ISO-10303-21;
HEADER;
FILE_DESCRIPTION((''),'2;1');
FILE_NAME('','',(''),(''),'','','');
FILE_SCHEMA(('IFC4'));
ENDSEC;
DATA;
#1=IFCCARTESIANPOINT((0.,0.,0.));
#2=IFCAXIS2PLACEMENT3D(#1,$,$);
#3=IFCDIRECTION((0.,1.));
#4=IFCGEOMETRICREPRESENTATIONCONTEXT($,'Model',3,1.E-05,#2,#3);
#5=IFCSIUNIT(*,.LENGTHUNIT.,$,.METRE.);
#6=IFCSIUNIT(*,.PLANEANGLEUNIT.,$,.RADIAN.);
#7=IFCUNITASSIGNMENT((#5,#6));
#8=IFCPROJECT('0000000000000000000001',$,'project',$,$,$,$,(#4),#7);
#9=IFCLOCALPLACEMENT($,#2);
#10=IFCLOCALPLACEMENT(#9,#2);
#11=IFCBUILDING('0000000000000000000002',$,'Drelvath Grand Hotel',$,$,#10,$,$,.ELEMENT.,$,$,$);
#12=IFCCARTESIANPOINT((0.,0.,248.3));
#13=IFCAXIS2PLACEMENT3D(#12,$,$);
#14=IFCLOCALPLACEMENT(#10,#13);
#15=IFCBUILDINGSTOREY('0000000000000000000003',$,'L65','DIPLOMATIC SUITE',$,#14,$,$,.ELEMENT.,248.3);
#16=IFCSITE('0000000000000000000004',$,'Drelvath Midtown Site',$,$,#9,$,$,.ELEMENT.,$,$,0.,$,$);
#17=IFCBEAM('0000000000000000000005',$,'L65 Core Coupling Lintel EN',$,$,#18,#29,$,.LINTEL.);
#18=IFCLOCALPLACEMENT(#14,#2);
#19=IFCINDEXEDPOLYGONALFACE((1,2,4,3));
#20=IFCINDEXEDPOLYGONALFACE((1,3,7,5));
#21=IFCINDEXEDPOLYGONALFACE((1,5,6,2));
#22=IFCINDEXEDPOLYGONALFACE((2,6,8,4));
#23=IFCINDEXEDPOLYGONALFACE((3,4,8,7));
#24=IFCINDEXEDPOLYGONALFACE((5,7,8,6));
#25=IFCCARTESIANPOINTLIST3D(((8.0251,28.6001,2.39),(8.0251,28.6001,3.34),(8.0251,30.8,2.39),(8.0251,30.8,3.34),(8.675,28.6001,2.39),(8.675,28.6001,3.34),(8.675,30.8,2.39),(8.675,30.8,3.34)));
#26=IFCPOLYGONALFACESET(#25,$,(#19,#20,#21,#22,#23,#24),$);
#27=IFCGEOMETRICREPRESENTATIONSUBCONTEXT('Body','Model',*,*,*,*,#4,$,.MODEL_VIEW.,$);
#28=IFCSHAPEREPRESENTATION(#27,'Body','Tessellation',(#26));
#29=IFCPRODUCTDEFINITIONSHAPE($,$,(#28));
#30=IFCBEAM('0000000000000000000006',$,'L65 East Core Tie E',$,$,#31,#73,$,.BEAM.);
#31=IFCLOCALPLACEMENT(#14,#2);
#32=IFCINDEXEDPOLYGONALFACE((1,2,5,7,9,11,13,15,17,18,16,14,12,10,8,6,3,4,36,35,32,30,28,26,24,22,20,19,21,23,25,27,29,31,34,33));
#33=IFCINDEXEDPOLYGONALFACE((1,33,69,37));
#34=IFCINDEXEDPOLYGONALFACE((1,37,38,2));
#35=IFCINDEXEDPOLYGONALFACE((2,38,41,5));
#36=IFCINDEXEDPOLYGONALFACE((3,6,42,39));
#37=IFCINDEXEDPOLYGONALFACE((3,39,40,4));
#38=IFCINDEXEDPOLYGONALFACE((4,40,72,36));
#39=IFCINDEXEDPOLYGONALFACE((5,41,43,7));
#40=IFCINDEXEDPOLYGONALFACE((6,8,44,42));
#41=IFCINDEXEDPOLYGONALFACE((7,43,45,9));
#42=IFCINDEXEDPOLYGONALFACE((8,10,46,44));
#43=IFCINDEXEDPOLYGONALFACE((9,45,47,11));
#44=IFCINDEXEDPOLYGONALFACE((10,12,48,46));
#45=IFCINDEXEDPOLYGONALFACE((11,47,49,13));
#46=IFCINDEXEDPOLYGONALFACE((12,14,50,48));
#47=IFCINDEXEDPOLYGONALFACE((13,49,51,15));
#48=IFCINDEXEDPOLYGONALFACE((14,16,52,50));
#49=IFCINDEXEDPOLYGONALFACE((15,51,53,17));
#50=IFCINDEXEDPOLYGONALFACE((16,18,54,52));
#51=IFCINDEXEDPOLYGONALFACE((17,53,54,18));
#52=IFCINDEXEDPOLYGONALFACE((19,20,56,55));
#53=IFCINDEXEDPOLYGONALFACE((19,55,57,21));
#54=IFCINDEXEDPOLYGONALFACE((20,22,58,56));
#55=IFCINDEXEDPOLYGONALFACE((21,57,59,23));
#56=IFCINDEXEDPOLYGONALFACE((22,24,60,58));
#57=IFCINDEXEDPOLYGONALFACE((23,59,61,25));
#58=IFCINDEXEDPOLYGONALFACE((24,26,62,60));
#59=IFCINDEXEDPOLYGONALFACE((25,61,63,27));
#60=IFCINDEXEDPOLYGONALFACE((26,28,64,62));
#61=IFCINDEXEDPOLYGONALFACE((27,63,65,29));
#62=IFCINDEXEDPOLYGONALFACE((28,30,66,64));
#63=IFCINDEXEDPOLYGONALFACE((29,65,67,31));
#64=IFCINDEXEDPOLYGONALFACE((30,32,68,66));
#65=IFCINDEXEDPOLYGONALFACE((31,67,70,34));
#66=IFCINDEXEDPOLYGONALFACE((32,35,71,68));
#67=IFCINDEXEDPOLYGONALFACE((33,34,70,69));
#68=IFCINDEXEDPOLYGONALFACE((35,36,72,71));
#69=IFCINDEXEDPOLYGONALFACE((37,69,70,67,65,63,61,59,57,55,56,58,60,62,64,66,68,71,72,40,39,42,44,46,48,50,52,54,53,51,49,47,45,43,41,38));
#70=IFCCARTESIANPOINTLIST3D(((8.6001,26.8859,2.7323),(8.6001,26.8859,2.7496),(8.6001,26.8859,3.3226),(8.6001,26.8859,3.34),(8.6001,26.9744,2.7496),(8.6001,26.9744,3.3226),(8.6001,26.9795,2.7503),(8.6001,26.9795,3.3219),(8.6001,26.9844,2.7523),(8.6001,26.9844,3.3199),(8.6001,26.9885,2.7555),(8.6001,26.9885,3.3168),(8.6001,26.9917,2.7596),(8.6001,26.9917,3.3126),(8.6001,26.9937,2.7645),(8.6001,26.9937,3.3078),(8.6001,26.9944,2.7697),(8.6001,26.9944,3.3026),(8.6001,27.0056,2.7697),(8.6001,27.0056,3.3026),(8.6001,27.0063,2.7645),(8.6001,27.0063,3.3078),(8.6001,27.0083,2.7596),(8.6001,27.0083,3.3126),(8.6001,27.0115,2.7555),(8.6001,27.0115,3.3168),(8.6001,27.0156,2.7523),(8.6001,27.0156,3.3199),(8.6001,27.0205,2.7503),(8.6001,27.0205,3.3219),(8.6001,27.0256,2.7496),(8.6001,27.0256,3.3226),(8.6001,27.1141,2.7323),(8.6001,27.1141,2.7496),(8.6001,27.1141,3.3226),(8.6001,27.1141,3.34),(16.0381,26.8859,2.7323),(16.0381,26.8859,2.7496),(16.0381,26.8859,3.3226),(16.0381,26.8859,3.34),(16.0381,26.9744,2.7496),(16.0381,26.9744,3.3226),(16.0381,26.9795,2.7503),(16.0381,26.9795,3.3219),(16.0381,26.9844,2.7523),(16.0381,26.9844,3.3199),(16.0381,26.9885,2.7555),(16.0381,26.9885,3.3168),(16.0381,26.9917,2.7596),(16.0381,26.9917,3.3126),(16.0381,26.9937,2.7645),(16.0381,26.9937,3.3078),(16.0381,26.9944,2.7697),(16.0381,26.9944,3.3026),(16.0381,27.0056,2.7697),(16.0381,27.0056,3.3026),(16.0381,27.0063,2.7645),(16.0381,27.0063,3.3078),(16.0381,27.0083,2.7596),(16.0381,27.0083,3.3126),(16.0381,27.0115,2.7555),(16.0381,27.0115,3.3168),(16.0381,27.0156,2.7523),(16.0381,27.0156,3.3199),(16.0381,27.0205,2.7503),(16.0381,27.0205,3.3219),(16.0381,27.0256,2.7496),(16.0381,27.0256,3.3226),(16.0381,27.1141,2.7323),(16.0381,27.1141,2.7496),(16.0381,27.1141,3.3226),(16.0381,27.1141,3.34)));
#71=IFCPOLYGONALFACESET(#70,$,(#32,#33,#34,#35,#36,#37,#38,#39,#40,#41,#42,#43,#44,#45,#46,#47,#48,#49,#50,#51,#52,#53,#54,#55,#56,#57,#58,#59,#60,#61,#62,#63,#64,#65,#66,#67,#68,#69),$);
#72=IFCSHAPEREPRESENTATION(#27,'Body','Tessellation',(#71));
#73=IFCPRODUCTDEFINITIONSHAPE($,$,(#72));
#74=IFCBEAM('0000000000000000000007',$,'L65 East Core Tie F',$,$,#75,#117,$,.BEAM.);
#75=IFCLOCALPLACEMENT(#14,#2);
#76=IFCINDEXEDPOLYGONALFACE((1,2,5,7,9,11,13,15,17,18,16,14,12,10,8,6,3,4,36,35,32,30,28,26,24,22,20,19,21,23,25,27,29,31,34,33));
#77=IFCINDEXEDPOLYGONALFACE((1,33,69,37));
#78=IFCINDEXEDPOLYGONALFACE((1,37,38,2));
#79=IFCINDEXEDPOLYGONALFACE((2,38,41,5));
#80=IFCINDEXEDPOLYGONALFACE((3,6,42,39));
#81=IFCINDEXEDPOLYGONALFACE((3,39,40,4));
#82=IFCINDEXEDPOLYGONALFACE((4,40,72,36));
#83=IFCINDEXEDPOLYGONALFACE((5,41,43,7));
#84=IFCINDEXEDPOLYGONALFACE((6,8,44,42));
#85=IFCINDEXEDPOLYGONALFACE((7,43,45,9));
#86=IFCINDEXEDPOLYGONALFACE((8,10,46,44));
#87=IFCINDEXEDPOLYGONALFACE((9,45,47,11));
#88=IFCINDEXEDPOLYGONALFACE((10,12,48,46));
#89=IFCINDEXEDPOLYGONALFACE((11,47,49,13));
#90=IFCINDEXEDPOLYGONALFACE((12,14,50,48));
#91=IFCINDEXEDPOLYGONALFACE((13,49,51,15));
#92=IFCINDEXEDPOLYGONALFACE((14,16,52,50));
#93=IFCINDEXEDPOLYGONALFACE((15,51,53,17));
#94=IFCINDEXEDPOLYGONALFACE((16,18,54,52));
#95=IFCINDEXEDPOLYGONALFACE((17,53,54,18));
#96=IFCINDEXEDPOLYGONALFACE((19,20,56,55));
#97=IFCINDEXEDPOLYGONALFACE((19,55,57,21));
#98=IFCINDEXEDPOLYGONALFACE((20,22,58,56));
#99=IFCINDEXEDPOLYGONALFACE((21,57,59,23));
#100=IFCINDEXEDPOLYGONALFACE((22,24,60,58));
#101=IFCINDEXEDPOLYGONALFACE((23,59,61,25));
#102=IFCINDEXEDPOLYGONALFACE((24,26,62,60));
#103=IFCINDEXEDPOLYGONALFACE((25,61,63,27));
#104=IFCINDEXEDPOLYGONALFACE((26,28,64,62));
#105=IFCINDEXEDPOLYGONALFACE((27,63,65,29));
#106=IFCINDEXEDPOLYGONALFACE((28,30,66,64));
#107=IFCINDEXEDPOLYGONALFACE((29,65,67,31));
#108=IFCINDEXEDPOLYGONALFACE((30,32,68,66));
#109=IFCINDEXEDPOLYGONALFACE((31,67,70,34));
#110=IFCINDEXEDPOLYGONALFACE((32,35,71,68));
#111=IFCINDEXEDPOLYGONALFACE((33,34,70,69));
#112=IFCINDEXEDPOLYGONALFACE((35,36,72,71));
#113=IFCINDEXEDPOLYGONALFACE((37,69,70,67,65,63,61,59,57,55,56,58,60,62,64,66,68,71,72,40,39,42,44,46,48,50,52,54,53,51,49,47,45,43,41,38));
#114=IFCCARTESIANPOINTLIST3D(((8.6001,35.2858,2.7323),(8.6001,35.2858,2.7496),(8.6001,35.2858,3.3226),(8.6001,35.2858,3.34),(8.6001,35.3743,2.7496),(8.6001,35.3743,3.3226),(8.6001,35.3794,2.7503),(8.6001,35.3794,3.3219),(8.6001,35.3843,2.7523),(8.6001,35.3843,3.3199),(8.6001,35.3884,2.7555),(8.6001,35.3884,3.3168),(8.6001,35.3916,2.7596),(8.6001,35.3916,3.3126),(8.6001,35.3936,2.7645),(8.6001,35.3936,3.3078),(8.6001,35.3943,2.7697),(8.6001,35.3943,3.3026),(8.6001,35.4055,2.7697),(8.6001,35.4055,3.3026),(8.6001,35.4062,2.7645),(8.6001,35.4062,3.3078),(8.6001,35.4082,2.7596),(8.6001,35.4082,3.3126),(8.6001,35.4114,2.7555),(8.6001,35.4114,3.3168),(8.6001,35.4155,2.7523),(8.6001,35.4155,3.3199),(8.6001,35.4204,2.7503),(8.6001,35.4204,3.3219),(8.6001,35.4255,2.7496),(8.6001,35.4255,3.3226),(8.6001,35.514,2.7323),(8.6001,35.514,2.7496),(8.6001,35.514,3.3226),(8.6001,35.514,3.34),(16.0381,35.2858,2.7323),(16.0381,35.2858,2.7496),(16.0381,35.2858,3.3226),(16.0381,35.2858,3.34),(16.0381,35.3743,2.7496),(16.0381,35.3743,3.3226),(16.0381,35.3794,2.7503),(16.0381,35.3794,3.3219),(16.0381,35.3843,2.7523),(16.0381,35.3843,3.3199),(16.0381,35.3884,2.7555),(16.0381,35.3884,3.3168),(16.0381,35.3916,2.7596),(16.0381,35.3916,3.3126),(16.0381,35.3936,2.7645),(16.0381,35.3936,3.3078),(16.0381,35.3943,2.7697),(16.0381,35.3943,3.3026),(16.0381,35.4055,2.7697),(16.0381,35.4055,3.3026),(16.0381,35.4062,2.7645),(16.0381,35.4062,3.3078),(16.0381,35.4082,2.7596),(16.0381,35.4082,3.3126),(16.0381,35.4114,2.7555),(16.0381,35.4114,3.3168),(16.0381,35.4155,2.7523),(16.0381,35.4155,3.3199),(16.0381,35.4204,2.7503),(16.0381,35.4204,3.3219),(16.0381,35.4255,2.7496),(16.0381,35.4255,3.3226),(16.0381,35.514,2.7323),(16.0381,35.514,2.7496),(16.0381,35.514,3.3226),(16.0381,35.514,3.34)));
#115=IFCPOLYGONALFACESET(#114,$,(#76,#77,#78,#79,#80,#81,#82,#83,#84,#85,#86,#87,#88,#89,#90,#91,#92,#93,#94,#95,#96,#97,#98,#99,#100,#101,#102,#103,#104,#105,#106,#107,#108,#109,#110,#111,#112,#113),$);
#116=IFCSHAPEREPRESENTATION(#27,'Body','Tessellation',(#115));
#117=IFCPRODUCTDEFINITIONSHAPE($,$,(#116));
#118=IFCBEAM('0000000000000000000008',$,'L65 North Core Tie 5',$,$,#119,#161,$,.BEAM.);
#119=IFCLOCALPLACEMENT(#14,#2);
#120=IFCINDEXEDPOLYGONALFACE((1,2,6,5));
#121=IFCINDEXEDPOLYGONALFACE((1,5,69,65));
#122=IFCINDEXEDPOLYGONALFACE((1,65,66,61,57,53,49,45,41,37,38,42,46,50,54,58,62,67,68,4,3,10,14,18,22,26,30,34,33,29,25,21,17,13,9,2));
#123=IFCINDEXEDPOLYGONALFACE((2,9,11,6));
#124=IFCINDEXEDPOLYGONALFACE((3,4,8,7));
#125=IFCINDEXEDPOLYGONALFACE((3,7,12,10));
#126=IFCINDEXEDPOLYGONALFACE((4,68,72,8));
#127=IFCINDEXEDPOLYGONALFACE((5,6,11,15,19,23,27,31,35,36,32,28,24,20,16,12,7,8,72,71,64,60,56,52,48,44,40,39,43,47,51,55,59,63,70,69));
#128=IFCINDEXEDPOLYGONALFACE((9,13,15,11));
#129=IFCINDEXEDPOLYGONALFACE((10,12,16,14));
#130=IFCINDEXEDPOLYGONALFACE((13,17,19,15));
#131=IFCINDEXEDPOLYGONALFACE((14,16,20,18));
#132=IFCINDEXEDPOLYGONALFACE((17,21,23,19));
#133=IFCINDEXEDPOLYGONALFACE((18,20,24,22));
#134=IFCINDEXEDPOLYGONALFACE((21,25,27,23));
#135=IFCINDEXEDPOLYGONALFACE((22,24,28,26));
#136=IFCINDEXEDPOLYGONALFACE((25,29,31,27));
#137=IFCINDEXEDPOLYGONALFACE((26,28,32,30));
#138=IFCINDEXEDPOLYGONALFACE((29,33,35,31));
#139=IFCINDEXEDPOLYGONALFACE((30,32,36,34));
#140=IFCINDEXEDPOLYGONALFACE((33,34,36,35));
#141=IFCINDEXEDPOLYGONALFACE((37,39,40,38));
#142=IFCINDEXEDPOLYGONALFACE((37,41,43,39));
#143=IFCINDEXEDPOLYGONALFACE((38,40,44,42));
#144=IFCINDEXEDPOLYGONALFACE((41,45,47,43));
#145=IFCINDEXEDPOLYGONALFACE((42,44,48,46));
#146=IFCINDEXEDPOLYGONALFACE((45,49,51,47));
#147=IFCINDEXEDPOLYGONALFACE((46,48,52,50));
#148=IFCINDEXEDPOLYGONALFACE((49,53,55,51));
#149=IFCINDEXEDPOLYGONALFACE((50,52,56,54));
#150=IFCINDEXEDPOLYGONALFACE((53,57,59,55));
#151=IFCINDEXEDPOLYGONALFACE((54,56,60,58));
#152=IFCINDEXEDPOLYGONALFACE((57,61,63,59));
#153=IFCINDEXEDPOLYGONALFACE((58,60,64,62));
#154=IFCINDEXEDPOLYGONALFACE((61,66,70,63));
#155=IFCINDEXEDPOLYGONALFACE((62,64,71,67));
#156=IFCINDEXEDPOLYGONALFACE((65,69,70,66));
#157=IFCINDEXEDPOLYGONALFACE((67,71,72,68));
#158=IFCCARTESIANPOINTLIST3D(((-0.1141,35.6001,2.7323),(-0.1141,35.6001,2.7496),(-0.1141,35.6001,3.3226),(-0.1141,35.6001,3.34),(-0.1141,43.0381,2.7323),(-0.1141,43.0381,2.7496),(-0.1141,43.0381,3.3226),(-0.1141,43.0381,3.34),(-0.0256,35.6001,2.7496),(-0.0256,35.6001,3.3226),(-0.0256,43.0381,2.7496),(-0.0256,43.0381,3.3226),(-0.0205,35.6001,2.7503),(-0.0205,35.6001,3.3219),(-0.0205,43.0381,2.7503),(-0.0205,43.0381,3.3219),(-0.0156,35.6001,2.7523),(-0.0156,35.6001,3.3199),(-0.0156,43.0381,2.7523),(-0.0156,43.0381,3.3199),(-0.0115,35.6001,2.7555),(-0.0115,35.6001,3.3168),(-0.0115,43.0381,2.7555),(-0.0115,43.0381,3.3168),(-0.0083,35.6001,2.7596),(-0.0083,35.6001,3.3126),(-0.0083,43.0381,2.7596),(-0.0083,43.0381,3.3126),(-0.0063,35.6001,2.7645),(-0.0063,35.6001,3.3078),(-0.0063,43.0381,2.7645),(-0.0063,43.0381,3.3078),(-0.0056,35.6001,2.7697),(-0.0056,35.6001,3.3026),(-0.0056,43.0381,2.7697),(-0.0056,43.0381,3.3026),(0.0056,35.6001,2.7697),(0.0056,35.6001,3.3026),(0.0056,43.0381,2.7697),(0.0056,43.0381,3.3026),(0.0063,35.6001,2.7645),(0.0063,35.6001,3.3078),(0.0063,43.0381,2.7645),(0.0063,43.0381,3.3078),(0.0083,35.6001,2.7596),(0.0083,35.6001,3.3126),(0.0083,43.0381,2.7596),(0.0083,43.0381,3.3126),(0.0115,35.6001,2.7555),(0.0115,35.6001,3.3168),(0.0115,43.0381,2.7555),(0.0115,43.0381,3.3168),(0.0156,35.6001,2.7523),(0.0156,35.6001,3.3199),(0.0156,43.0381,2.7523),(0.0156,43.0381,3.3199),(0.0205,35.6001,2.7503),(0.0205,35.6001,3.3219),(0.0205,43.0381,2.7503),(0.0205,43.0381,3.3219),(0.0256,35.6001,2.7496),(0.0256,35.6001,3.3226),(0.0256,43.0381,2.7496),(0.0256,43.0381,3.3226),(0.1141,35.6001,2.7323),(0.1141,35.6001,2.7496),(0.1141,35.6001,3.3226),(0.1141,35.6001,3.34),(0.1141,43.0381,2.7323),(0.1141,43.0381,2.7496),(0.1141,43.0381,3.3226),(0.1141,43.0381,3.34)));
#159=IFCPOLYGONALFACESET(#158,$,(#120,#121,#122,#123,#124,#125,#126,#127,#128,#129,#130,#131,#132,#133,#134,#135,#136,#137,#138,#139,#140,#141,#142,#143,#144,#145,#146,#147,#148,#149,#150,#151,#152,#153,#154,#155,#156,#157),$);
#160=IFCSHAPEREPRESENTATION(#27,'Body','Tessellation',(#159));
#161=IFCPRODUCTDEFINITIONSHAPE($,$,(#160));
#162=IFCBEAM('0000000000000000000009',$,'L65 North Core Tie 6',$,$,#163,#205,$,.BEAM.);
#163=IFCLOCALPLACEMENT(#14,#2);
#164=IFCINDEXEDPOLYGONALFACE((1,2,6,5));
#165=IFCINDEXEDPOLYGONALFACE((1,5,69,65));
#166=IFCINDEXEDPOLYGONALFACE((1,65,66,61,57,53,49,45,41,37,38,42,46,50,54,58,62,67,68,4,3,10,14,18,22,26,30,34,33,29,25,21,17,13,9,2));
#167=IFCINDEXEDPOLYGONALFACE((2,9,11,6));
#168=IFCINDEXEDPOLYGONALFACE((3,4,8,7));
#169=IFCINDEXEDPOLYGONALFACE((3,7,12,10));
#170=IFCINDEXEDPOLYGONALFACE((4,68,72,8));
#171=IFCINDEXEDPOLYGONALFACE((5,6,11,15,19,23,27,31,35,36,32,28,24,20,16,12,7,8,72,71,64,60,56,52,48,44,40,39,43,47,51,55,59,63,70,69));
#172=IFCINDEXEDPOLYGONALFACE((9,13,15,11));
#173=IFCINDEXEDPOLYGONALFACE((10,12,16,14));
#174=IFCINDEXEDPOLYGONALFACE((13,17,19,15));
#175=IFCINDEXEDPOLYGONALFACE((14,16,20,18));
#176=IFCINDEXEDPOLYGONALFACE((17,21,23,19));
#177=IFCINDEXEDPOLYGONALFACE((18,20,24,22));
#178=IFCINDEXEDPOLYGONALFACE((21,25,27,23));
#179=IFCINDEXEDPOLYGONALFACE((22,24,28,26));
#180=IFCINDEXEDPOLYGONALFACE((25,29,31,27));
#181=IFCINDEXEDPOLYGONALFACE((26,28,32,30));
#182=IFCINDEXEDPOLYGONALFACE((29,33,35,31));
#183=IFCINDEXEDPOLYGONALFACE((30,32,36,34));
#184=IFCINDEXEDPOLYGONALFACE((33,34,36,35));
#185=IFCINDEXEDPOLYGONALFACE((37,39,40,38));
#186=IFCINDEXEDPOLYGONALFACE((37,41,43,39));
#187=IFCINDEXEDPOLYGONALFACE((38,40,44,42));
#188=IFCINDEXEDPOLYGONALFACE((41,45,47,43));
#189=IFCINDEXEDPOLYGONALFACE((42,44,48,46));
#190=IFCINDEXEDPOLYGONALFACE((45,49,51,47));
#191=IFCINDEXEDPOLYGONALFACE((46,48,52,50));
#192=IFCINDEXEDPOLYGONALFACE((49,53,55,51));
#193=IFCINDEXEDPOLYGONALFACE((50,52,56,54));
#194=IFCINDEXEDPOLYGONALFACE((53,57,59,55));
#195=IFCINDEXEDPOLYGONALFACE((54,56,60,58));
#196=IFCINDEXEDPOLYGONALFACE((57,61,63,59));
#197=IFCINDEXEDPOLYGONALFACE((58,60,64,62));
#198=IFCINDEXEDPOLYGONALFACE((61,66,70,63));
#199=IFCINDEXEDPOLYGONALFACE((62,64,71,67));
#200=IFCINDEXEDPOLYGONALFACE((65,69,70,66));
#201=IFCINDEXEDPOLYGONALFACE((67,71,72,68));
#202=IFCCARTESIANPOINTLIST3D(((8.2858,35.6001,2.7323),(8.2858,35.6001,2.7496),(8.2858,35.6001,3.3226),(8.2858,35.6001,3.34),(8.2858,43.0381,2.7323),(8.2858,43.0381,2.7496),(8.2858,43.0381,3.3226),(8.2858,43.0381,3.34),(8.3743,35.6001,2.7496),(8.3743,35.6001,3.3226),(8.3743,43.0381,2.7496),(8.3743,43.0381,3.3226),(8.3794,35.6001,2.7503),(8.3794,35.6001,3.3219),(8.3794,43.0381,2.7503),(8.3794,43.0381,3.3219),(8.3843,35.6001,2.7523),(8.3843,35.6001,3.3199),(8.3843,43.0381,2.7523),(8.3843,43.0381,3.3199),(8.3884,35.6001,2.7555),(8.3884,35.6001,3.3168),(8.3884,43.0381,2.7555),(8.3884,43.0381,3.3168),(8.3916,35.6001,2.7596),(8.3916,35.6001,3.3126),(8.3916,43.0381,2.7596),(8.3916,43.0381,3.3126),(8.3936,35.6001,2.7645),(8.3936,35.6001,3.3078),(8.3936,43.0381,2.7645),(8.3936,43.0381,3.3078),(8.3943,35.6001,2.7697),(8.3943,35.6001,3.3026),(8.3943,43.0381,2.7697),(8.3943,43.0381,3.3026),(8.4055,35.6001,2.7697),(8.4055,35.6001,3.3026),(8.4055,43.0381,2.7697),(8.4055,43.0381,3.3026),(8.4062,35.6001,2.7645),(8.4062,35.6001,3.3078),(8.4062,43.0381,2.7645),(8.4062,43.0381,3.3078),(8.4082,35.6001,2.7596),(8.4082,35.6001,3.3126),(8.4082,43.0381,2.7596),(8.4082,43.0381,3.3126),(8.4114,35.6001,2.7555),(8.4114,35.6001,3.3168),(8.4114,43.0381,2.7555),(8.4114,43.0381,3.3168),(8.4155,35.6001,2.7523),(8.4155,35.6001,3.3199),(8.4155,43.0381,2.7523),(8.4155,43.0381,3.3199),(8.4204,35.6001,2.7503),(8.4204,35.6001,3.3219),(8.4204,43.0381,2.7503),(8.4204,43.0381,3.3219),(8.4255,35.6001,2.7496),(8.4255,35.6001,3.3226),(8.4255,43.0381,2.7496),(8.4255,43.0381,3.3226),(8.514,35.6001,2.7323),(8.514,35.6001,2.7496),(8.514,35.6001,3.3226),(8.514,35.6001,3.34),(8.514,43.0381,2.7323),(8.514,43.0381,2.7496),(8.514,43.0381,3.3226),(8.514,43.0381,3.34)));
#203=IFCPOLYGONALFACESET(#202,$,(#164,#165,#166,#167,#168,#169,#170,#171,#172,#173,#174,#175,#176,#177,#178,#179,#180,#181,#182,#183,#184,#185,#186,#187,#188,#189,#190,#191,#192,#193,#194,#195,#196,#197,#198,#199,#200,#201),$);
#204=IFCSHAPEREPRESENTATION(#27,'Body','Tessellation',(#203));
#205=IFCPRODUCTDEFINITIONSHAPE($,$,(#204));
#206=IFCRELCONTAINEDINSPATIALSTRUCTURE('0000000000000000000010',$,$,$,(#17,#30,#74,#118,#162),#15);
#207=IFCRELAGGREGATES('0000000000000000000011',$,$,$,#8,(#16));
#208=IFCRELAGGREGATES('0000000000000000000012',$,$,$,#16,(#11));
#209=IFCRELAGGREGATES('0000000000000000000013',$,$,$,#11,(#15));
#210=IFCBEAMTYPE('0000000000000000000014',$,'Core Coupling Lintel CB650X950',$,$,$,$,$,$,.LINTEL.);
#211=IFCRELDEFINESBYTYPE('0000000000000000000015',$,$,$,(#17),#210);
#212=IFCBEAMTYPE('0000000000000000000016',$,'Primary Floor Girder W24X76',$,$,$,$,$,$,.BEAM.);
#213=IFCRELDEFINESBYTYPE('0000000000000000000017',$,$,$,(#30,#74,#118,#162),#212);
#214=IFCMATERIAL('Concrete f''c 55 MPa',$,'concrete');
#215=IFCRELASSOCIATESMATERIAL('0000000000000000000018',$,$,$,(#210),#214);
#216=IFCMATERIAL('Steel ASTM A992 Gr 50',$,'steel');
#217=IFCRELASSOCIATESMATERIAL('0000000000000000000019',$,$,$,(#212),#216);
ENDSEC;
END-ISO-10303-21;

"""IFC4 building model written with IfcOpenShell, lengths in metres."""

from ifc_helpers import new_model, si_unit, direction, frame, origin, origin_2d, place, context, subcontext, project, spatial, rectangle, i_section, extrude, material, material_profile, profile_set, type_object, element, save


model = new_model("IFC4")

# Units and contexts
model_context = context("Model", 3, precision=1e-05, world=origin(), true_north=direction((0.0, 1.0)))
body_context = subcontext(model_context, "Body", "Model", "MODEL_VIEW")
ifc_project = project(units=[si_unit("LENGTHUNIT", "METRE"), si_unit("PLANEANGLEUNIT", "RADIAN")], contexts=[model_context])

# Site, building, storey
site_placement = place(None, origin())
site = spatial("IfcSite", under=ifc_project, at=site_placement, Name="Drelvath Midtown Site", CompositionType="ELEMENT", RefElevation=0.0)
building_placement = place(site_placement, origin())
building = spatial("IfcBuilding", under=site, at=building_placement, Name="Drelvath Grand Hotel", CompositionType="ELEMENT")
storey_placement = place(building_placement, frame((0.0, 0.0, 248.3)))
storey = spatial("IfcBuildingStorey", under=building, at=storey_placement, Name="L65", Description="DIPLOMATIC SUITE", CompositionType="ELEMENT", Elevation=248.3)

# Beams
ifc_material_1 = material(Name="Concrete f'c 55 MPa", Category="concrete")
ifc_material_profile_1 = material_profile(ifc_material_1, rectangle(XDim=0.6499, YDim=0.95, at=origin_2d()), Name="CB650X950")
ifc_profile_set_1 = profile_set([ifc_material_profile_1], Name="Concrete f'c 55 MPa")
beam_type_1 = type_object("IfcBeamType", Name="Core Coupling Lintel CB650X950", PredefinedType="LINTEL", material=ifc_profile_set_1)
beam_placement = place(storey_placement, frame((8.3501, 28.6001, 2.865), z_axis=(0.0, 1.0, 0.0), x_axis=(-1.0, 0.0, 0.0)))
element("IfcBeam", 1, at=beam_placement, inside=storey, type_object=beam_type_1, Name="L65 Core Coupling Lintel EN", PredefinedType="LINTEL", context=body_context, shape_type="SweptSolid", body=[
    extrude(rectangle(XDim=0.6499, YDim=0.95, at=origin_2d()), origin(), (0.0, 0.0, 1.0), 2.2),
])
ifc_material_2 = material(Name="Steel ASTM A992 Gr 50", Category="steel")
ifc_material_profile_2 = material_profile(ifc_material_2, i_section(OverallWidth=0.2283, OverallDepth=0.6077, WebThickness=0.0112, FlangeThickness=0.0173, FilletRadius=0.02, at=origin_2d()), Name="W24X76")
ifc_profile_set_2 = profile_set([ifc_material_profile_2], Name="Steel ASTM A992 Gr 50")
beam_type_2 = type_object("IfcBeamType", Name="Primary Floor Girder W24X76", PredefinedType="BEAM", material=ifc_profile_set_2)
for number, where, z_axis, x_axis, name in (
    (2, (8.6001, 27.0, 3.0361), (1.0, 0.0, 0.0), (0.0, 1.0, 0.0), "L65 East Core Tie E"),
    (3, (8.6001, 35.3999, 3.0361), (1.0, 0.0, 0.0), (0.0, 1.0, 0.0), "L65 East Core Tie F"),
    (4, (0.0, 35.6001, 3.0361), (0.0, 1.0, 0.0), (-1.0, 0.0, 0.0), "L65 North Core Tie 5"),
    (5, (8.3999, 35.6001, 3.0361), (0.0, 1.0, 0.0), (-1.0, 0.0, 0.0), "L65 North Core Tie 6"),
):
    element("IfcBeam", number, at=place(storey_placement, frame(where, z_axis=z_axis, x_axis=x_axis)), inside=storey, type_object=beam_type_2, Name=name, PredefinedType="BEAM", context=body_context, shape_type="SweptSolid", body=[
        extrude(i_section(OverallWidth=0.2283, OverallDepth=0.6077, WebThickness=0.0112, FlangeThickness=0.0173, FilletRadius=0.02, at=origin_2d()), origin(), (0.0, 0.0, 1.0), 7.438),
    ])

save(model, "model.ifc")
